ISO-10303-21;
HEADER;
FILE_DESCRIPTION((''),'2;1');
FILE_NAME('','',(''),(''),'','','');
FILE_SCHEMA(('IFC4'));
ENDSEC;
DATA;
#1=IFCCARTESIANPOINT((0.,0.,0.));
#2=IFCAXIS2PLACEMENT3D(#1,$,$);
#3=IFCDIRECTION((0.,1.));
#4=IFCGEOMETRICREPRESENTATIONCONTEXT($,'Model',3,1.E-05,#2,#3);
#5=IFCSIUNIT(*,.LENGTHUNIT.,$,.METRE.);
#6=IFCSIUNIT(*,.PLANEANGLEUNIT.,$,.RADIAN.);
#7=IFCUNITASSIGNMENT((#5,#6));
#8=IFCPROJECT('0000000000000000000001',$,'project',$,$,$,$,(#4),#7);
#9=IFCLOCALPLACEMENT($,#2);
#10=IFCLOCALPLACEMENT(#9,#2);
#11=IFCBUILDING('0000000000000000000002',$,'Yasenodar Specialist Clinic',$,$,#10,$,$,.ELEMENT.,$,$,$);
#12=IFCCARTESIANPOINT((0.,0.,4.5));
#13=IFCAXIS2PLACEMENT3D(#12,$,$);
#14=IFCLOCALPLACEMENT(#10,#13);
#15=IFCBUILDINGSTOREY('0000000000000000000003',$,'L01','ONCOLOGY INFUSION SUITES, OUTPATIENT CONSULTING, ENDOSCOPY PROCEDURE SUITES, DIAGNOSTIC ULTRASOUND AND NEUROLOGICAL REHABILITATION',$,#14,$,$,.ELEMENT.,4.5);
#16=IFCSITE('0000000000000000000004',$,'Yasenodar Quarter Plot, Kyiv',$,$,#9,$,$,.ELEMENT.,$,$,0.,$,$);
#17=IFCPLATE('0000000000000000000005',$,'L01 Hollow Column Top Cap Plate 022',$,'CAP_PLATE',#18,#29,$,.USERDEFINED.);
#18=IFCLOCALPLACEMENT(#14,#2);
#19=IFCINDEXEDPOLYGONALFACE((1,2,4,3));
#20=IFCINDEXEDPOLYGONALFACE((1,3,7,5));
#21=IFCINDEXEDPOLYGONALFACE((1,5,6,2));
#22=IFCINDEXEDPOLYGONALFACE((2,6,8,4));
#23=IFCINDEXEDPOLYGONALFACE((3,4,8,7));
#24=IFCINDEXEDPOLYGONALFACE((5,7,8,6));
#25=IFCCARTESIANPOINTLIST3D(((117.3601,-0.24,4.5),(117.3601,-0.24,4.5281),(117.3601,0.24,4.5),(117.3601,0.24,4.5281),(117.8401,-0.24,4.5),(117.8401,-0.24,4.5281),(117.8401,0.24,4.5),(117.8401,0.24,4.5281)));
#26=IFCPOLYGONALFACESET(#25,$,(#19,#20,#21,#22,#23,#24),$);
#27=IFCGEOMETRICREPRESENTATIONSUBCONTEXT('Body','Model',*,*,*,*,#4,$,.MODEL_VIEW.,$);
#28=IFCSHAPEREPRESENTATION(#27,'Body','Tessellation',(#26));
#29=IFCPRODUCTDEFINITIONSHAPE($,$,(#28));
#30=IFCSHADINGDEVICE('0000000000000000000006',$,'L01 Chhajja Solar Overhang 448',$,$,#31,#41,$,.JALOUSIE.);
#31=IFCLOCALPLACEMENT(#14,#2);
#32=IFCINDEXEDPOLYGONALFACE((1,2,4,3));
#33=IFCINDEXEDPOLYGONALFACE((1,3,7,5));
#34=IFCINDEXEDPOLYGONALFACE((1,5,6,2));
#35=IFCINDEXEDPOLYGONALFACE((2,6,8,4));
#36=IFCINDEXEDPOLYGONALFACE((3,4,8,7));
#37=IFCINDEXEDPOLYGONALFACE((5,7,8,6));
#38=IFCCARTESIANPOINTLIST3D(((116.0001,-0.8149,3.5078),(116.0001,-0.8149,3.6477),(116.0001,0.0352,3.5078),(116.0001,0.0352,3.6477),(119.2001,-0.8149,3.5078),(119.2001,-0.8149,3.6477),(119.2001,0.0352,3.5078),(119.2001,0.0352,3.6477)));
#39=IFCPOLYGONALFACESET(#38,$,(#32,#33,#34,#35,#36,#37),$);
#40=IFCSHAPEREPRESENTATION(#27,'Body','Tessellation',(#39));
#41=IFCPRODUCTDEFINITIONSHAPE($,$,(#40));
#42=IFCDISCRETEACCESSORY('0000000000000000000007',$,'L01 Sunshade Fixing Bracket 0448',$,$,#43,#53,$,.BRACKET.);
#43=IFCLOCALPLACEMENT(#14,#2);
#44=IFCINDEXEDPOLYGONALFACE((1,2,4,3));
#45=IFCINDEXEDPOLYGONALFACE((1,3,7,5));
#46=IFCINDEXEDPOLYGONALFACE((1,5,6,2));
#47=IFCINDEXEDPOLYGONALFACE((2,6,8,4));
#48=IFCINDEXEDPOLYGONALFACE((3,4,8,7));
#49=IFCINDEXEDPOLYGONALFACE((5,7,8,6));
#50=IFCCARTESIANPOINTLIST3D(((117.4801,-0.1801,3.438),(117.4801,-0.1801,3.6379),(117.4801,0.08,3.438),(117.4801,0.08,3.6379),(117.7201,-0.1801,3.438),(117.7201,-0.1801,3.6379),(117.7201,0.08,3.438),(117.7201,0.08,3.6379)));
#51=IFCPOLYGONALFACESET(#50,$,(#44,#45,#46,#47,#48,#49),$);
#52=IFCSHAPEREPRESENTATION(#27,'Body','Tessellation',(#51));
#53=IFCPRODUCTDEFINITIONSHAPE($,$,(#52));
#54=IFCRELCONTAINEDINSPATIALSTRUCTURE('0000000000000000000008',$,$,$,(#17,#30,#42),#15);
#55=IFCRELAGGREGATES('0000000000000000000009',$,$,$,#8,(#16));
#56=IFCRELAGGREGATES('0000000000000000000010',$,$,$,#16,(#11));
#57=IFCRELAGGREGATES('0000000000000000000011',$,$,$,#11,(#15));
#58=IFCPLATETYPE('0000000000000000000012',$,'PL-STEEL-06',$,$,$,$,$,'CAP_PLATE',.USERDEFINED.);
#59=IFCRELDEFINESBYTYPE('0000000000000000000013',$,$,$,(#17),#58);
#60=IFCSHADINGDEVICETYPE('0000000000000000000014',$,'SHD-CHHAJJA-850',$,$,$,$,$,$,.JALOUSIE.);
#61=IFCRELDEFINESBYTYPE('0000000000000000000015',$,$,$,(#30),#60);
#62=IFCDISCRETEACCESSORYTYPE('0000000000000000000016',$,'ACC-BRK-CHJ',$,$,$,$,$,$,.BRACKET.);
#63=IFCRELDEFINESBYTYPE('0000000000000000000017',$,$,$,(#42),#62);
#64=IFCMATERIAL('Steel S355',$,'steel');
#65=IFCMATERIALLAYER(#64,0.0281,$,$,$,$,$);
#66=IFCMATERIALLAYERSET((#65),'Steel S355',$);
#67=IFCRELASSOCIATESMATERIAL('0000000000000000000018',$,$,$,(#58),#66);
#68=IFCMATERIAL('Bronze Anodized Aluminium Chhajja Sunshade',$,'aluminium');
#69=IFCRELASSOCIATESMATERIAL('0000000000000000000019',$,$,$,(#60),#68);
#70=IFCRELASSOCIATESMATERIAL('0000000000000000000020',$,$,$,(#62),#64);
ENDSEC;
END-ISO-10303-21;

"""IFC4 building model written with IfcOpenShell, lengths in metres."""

from ifc_helpers import new_model, si_unit, direction, frame, origin, origin_2d, place, context, subcontext, project, spatial, rectangle, extrude, material, layer, layer_set, type_object, element, save


model = new_model("IFC4")

# Units and contexts
model_context = context("Model", 3, precision=1e-05, world=origin(), true_north=direction((0.0, 1.0)))
body_context = subcontext(model_context, "Body", "Model", "MODEL_VIEW")
ifc_project = project(units=[si_unit("LENGTHUNIT", "METRE"), si_unit("PLANEANGLEUNIT", "RADIAN")], contexts=[model_context])

# Site, building, storey
site_placement = place(None, origin())
site = spatial("IfcSite", under=ifc_project, at=site_placement, Name="Yasenodar Quarter Plot, Kyiv", CompositionType="ELEMENT", RefElevation=0.0)
building_placement = place(site_placement, origin())
building = spatial("IfcBuilding", under=site, at=building_placement, Name="Yasenodar Specialist Clinic", CompositionType="ELEMENT")
storey_placement = place(building_placement, frame((0.0, 0.0, 4.5)))
storey = spatial("IfcBuildingStorey", under=building, at=storey_placement, Name="L01", Description="ONCOLOGY INFUSION SUITES, OUTPATIENT CONSULTING, ENDOSCOPY PROCEDURE SUITES, DIAGNOSTIC ULTRASOUND AND NEUROLOGICAL REHABILITATION", CompositionType="ELEMENT", Elevation=4.5)

# Shared definitions
ifc_material_1 = material(Name="Steel S355", Category="steel")

# Plate
ifc_layer_1 = layer(ifc_material_1, 0.0281)
ifc_layer_set_1 = layer_set([ifc_layer_1], Name="Steel S355")
plate_type_1 = type_object("IfcPlateType", Name="PL-STEEL-06", ElementType="CAP_PLATE", PredefinedType="USERDEFINED", material=ifc_layer_set_1)
plate_1_placement = place(storey_placement, frame((117.6001, 0.0, 4.5), z_axis=(0.0, 0.0, 1.0), x_axis=(1.0, 0.0, 0.0)))
element("IfcPlate", 1, at=plate_1_placement, inside=storey, type_object=plate_type_1, Name="L01 Hollow Column Top Cap Plate 022", ObjectType="CAP_PLATE", PredefinedType="USERDEFINED", context=body_context, shape_type="SweptSolid", body=[
    extrude(rectangle(XDim=0.48, YDim=0.48, at=origin_2d()), origin(), (0.0, 0.0, 1.0), 0.0281),
])

# Shading device
ifc_material_2 = material(Name="Bronze Anodized Aluminium Chhajja Sunshade", Category="aluminium")
shading_device_type = type_object("IfcShadingDeviceType", Name="SHD-CHHAJJA-850", PredefinedType="JALOUSIE", material=ifc_material_2)
shading_device_placement = place(storey_placement, frame((117.6001, -0.3899, 3.5078), z_axis=(0.0, 0.0, 1.0), x_axis=(-1.0, 0.0, 0.0)))
element("IfcShadingDevice", 2, at=shading_device_placement, inside=storey, type_object=shading_device_type, Name="L01 Chhajja Solar Overhang 448", PredefinedType="JALOUSIE", context=body_context, shape_type="SweptSolid", body=[
    extrude(rectangle(XDim=3.2, YDim=0.8501, at=origin_2d()), origin(), (0.0, 0.0, 1.0), 0.1399),
])

# Discrete accessory
discrete_accessory_type = type_object("IfcDiscreteAccessoryType", Name="ACC-BRK-CHJ", PredefinedType="BRACKET", material=ifc_material_1)
discrete_accessory_placement = place(storey_placement, frame((117.6001, -0.05, 3.438), z_axis=(0.0, 0.0, 1.0), x_axis=(-1.0, 0.0, 0.0)))
element("IfcDiscreteAccessory", 3, at=discrete_accessory_placement, inside=storey, type_object=discrete_accessory_type, Name="L01 Sunshade Fixing Bracket 0448", PredefinedType="BRACKET", context=body_context, shape_type="SweptSolid", body=[
    extrude(rectangle(XDim=0.24, YDim=0.26, at=origin_2d()), origin(), (0.0, 0.0, 1.0), 0.2),
])

save(model, "model.ifc")
